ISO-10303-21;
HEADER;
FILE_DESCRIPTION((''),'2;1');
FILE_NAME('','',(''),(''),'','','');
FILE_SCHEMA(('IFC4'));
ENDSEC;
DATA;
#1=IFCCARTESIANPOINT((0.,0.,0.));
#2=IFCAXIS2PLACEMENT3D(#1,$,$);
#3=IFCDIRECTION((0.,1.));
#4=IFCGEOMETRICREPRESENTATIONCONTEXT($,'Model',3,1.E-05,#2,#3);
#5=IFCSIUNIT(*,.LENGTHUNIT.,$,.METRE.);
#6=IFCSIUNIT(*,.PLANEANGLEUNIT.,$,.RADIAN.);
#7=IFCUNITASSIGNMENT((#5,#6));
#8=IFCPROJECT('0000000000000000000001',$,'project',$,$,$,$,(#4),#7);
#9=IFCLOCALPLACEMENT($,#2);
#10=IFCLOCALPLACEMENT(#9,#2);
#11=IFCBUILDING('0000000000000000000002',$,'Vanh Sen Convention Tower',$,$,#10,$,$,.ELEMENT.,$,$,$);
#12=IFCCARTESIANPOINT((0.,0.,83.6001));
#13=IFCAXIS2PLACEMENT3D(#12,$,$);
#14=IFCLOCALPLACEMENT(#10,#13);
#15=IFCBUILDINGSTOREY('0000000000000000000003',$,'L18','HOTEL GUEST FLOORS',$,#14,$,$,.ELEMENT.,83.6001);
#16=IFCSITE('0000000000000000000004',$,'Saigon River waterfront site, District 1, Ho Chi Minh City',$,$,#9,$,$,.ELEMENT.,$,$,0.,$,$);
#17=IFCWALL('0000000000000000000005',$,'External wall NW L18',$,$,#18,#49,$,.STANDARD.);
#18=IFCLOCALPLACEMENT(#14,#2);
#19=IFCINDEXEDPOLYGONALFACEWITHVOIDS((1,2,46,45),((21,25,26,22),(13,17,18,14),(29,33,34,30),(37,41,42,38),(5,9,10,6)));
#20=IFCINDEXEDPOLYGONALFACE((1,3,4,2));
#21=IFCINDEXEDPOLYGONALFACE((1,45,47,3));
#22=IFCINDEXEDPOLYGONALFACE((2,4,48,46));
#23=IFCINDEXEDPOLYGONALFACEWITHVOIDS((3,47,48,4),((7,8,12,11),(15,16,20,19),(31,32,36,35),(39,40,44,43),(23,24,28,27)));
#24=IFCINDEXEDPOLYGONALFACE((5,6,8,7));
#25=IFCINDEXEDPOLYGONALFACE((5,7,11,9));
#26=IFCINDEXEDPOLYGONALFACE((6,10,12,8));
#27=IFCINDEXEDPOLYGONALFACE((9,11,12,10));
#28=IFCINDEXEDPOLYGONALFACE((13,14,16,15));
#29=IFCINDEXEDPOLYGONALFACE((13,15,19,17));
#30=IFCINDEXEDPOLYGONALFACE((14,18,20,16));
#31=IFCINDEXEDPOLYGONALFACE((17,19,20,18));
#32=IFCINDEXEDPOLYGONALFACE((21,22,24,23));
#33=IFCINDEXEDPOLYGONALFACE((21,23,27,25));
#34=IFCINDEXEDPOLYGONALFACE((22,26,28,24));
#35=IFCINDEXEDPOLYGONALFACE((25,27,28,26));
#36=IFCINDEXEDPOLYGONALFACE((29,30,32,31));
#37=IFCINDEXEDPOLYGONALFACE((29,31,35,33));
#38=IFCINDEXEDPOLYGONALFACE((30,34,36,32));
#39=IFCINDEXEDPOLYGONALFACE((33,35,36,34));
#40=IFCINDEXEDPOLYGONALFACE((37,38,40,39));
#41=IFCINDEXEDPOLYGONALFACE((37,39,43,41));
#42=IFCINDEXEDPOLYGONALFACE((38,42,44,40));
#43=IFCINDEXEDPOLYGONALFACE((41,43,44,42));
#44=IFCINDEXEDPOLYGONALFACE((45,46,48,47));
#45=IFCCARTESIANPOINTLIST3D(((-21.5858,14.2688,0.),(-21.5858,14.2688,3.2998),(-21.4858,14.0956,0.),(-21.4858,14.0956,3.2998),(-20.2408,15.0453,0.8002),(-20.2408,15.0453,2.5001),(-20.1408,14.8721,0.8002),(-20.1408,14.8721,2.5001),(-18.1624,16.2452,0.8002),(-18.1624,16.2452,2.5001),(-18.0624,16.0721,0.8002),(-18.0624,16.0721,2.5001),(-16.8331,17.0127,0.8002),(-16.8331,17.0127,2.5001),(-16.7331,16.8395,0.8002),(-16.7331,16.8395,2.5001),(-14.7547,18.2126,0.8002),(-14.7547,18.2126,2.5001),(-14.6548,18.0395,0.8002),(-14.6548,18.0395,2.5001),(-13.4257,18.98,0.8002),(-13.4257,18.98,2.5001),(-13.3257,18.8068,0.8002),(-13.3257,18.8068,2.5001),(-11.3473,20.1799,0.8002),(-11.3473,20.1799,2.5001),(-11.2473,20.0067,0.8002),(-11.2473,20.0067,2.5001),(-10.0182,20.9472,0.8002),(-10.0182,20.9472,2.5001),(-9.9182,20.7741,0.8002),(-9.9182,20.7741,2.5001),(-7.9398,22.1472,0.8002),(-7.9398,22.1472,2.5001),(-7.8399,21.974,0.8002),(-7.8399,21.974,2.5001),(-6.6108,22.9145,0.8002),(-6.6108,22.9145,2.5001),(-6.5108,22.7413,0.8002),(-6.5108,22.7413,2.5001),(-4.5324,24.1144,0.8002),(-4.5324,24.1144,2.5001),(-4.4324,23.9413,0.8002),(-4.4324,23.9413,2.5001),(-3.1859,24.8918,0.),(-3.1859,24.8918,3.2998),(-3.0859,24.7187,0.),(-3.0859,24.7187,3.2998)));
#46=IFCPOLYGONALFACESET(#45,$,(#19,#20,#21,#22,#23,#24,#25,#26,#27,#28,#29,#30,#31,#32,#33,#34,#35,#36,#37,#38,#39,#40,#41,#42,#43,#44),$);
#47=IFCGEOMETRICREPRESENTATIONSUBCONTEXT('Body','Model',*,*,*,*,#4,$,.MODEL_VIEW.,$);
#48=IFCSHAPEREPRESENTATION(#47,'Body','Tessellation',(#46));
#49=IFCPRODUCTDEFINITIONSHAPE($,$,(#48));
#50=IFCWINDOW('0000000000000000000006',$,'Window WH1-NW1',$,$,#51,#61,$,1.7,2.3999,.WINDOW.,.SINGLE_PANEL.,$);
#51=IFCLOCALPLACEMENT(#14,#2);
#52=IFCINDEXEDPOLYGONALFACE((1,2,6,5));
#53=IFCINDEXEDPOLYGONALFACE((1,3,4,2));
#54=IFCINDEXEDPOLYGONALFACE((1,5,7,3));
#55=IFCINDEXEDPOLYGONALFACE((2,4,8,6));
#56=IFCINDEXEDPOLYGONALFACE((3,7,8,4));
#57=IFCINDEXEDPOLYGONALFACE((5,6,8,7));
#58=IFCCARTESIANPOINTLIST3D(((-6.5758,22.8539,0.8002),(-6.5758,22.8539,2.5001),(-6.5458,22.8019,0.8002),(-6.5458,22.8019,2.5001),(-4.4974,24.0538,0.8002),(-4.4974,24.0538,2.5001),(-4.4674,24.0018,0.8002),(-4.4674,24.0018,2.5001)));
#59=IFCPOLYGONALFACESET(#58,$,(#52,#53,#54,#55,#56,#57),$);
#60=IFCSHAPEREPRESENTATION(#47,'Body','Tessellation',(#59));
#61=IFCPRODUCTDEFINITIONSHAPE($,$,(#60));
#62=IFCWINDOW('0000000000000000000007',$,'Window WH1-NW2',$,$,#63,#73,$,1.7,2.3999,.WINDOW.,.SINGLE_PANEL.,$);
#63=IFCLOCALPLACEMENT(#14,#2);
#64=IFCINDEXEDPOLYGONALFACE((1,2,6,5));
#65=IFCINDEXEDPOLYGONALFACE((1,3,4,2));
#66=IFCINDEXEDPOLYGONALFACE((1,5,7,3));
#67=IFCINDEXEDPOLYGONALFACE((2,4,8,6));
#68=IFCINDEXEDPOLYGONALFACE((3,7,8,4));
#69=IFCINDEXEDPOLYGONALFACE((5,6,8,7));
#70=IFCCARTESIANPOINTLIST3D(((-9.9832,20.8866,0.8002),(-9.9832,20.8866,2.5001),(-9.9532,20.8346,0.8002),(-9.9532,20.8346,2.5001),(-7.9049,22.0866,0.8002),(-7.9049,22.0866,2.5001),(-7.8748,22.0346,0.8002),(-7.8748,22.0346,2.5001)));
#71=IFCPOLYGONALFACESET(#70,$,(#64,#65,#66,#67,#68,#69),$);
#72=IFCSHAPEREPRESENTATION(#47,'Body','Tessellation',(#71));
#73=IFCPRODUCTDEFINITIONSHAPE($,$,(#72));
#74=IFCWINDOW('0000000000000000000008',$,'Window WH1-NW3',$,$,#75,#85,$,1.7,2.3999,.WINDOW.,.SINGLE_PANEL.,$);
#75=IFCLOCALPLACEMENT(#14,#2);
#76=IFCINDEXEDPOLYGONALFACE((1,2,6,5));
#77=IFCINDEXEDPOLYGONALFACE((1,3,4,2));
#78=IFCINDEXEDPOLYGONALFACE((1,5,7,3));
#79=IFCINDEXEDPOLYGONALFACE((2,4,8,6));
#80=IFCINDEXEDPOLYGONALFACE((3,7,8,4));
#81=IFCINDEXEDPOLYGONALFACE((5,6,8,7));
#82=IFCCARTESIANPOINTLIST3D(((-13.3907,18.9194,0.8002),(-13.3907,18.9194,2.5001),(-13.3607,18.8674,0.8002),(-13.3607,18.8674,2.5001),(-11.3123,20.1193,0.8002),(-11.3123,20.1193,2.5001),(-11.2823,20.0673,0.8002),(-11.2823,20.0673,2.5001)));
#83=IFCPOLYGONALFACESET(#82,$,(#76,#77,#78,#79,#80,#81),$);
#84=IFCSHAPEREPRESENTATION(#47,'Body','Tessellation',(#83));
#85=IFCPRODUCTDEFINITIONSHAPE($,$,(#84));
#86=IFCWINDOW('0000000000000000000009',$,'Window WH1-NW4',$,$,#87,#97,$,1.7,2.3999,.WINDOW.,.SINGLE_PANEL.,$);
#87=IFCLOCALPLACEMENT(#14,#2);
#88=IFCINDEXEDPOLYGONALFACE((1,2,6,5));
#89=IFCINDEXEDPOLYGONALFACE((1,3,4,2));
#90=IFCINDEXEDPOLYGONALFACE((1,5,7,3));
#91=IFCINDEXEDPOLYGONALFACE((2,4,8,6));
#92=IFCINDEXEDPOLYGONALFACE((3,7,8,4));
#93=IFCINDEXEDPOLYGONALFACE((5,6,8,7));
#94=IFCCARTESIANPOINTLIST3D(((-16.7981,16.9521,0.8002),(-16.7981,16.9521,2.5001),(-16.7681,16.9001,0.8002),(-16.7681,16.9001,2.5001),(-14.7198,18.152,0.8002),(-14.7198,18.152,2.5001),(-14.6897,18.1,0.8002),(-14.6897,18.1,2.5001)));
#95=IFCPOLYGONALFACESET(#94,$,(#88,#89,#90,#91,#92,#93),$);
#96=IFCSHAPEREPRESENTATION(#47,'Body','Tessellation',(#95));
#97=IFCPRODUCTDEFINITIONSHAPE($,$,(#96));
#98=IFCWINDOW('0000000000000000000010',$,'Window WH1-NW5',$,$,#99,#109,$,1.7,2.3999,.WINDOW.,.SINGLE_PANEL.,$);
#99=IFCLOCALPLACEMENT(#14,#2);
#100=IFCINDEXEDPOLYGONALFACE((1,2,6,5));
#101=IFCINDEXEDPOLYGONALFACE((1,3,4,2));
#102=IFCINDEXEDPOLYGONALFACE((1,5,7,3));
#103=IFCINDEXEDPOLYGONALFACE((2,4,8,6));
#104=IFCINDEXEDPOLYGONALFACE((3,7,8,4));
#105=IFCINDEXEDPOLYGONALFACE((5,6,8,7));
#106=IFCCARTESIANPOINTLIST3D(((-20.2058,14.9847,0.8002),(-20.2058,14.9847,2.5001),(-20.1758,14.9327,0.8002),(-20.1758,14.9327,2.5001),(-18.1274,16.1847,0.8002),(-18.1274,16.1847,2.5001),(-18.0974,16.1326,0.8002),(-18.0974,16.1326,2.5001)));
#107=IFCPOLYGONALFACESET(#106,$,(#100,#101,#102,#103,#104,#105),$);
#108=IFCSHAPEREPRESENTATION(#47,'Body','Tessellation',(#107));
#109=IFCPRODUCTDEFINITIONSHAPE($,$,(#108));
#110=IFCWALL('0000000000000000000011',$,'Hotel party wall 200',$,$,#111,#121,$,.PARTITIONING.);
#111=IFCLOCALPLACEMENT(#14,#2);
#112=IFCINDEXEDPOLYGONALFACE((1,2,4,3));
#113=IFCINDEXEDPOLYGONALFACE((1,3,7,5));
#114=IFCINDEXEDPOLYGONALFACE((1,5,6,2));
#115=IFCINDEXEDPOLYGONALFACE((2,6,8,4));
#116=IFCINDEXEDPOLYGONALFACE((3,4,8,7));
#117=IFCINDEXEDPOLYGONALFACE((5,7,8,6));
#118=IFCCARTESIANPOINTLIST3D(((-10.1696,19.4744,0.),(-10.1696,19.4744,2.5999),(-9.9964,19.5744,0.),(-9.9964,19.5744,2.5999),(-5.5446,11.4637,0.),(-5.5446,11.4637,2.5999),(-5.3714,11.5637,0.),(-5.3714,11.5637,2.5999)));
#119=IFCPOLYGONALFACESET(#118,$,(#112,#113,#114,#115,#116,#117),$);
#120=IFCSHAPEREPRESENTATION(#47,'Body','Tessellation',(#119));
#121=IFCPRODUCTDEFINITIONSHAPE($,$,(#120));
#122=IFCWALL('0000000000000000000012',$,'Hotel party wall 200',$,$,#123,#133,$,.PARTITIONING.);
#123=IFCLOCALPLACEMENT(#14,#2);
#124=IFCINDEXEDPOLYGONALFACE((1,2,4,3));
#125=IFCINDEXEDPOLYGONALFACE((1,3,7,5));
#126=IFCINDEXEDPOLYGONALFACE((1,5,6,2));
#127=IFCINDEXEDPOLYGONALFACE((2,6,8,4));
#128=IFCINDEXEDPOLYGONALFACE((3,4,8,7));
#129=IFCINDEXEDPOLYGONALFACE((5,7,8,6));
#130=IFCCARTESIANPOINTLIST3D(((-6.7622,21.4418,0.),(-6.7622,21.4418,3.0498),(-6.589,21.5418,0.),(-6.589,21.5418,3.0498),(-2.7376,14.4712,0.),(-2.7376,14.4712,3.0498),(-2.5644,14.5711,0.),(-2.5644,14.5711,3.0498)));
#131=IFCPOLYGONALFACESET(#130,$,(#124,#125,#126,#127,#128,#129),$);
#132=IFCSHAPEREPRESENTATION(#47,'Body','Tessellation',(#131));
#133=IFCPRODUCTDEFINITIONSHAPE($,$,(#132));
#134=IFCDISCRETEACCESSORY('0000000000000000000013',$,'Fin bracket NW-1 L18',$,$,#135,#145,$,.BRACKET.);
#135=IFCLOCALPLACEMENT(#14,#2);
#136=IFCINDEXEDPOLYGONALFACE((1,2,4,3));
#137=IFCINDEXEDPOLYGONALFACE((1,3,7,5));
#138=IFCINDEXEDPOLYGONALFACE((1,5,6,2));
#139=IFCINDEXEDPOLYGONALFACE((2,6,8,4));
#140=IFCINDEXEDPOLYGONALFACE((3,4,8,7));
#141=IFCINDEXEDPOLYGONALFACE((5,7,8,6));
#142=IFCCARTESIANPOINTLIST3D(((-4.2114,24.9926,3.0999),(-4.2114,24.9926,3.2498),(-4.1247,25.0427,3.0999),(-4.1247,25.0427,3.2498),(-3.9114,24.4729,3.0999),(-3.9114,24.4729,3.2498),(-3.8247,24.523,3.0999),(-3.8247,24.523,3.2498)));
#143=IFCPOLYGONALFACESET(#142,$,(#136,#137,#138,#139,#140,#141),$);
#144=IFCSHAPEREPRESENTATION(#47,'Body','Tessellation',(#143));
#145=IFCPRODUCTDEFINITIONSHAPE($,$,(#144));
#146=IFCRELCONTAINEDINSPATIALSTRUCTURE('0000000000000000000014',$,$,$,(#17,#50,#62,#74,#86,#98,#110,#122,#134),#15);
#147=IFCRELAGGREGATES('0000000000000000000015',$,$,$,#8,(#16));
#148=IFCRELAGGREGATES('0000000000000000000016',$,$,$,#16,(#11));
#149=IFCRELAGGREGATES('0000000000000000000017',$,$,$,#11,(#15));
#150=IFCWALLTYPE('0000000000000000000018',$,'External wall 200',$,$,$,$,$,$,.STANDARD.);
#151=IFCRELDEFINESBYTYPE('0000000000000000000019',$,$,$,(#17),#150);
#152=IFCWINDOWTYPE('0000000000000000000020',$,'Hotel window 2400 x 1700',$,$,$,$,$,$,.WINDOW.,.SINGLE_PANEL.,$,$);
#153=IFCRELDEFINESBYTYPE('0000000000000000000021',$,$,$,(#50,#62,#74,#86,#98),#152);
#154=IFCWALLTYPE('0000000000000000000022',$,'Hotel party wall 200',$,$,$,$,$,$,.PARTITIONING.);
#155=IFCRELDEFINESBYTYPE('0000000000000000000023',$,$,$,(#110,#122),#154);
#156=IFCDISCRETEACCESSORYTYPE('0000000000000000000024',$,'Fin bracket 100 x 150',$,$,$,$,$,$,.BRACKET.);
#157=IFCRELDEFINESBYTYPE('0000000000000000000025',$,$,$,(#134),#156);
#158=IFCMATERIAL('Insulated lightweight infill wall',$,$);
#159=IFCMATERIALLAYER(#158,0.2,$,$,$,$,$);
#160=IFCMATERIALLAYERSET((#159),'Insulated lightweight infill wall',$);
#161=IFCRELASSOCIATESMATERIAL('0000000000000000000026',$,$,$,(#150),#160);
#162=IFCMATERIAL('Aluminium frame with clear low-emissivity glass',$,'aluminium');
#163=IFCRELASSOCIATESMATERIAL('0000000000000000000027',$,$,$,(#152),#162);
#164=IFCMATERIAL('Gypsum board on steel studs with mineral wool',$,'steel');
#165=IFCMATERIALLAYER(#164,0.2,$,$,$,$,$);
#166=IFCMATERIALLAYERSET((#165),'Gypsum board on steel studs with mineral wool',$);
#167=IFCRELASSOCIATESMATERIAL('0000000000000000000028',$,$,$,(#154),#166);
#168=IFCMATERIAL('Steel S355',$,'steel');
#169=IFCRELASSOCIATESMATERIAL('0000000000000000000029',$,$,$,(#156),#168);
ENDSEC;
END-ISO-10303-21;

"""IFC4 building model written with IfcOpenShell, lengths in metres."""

from ifc_helpers import new_model, si_unit, direction, frame, frame_2d, origin, origin_2d, place, context, subcontext, project, spatial, rectangle, extrude, material, layer, layer_set, type_object, element, fill, save


model = new_model("IFC4")

# Units and contexts
model_context = context("Model", 3, precision=1e-05, world=origin(), true_north=direction((0.0, 1.0)))
body_context = subcontext(model_context, "Body", "Model", "MODEL_VIEW")
ifc_project = project(units=[si_unit("LENGTHUNIT", "METRE"), si_unit("PLANEANGLEUNIT", "RADIAN")], contexts=[model_context])

# Site, building, storey
site_placement = place(None, origin())
site = spatial("IfcSite", under=ifc_project, at=site_placement, Name="Saigon River waterfront site, District 1, Ho Chi Minh City", CompositionType="ELEMENT", RefElevation=0.0)
building_placement = place(site_placement, origin())
building = spatial("IfcBuilding", under=site, at=building_placement, Name="Vanh Sen Convention Tower", CompositionType="ELEMENT")
storey_placement = place(building_placement, frame((0.0, 0.0, 83.6001)))
storey = spatial("IfcBuildingStorey", under=building, at=storey_placement, Name="L18", Description="HOTEL GUEST FLOORS", CompositionType="ELEMENT", Elevation=83.6001)

# Shared definitions
ifc_material_1 = material(Name="Gypsum board on steel studs with mineral wool", Category="steel")

# Wall, openings, windows
ifc_material_2 = material(Name="Insulated lightweight infill wall")
ifc_layer_1 = layer(ifc_material_2, 0.2)
ifc_layer_set_1 = layer_set([ifc_layer_1], Name="Insulated lightweight infill wall")
wall_type_1 = type_object("IfcWallType", Name="External wall 200", PredefinedType="STANDARD", material=ifc_layer_set_1)
wall_1_placement = place(storey_placement, frame((-3.136, 24.8052, 0.0), z_axis=(0.0, 0.0, 1.0), x_axis=(-0.866028, -0.499995, 0.0)))
wall_1 = element("IfcWall", 1, at=wall_1_placement, inside=storey, type_object=wall_type_1, Name="External wall NW L18", PredefinedType="STANDARD", context=body_context, shape_type="SweptSolid", body=[
    extrude(rectangle(XDim=21.2463, YDim=0.2, at=frame_2d((10.623, 0.0))), origin(), (0.0, 0.0, 1.0), 3.2998),
])
opening_1_placement = place(wall_1_placement, frame((1.5547, 0.0, 0.8)))
opening_1 = element("IfcOpeningElement", 2, at=opening_1_placement, cuts=wall_1, PredefinedType="OPENING", context=body_context, shape_type="SweptSolid", body=[
    extrude(rectangle(XDim=2.3999, YDim=1.7, at=frame_2d((1.2, 0.8501))), frame((0.0, 0.1099, 0.0), z_axis=(0.0, -1.0, 0.0), x_axis=(1.0, 0.0, 0.0)), (0.0, 0.0, 1.0), 0.22),
])
opening_2_placement = place(wall_1_placement, frame((5.4893, 0.0, 0.8)))
opening_2 = element("IfcOpeningElement", 3, at=opening_2_placement, cuts=wall_1, PredefinedType="OPENING", context=body_context, shape_type="SweptSolid", body=[
    extrude(rectangle(XDim=2.3999, YDim=1.7, at=frame_2d((1.2, 0.8501))), frame((0.0, 0.1099, 0.0), z_axis=(0.0, -1.0, 0.0), x_axis=(1.0, 0.0, 0.0)), (0.0, 0.0, 1.0), 0.22),
])
opening_3_placement = place(wall_1_placement, frame((9.4238, 0.0, 0.8)))
opening_3 = element("IfcOpeningElement", 4, at=opening_3_placement, cuts=wall_1, PredefinedType="OPENING", context=body_context, shape_type="SweptSolid", body=[
    extrude(rectangle(XDim=2.3999, YDim=1.7, at=frame_2d((1.2, 0.8501))), frame((0.0, 0.1099, 0.0), z_axis=(0.0, -1.0, 0.0), x_axis=(1.0, 0.0, 0.0)), (0.0, 0.0, 1.0), 0.22),
])
opening_4_placement = place(wall_1_placement, frame((13.3584, 0.0, 0.8)))
opening_4 = element("IfcOpeningElement", 5, at=opening_4_placement, cuts=wall_1, PredefinedType="OPENING", context=body_context, shape_type="SweptSolid", body=[
    extrude(rectangle(XDim=2.3999, YDim=1.7, at=frame_2d((1.2, 0.8501))), frame((0.0, 0.1099, 0.0), z_axis=(0.0, -1.0, 0.0), x_axis=(1.0, 0.0, 0.0)), (0.0, 0.0, 1.0), 0.22),
])
opening_5_placement = place(wall_1_placement, frame((17.2932, 0.0, 0.8)))
opening_5 = element("IfcOpeningElement", 6, at=opening_5_placement, cuts=wall_1, PredefinedType="OPENING", context=body_context, shape_type="SweptSolid", body=[
    extrude(rectangle(XDim=2.3999, YDim=1.7, at=frame_2d((1.2, 0.8501))), frame((0.0, 0.1099, 0.0), z_axis=(0.0, -1.0, 0.0), x_axis=(1.0, 0.0, 0.0)), (0.0, 0.0, 1.0), 0.22),
])
ifc_material_3 = material(Name="Aluminium frame with clear low-emissivity glass", Category="aluminium")
window_type = type_object("IfcWindowType", Name="Hotel window 2400 x 1700", PartitioningType="SINGLE_PANEL", PredefinedType="WINDOW", material=ifc_material_3)
window_1_placement = place(opening_1_placement, origin())
window_1 = element("IfcWindow", 7, at=window_1_placement, inside=storey, type_object=window_type, Name="Window WH1-NW1", OverallHeight=1.7, OverallWidth=2.3999, PartitioningType="SINGLE_PANEL", PredefinedType="WINDOW", context=body_context, shape_type="SweptSolid", body=[
    extrude(rectangle(XDim=2.3999, YDim=1.7, at=frame_2d((1.2, 0.8501))), frame((0.0, 0.03, 0.0), z_axis=(0.0, -1.0, 0.0), x_axis=(1.0, 0.0, 0.0)), (0.0, 0.0, 1.0), 0.0601),
])
fill(opening_1, window_1)
window_2_placement = place(opening_2_placement, origin())
window_2 = element("IfcWindow", 8, at=window_2_placement, inside=storey, type_object=window_type, Name="Window WH1-NW2", OverallHeight=1.7, OverallWidth=2.3999, PartitioningType="SINGLE_PANEL", PredefinedType="WINDOW", context=body_context, shape_type="SweptSolid", body=[
    extrude(rectangle(XDim=2.3999, YDim=1.7, at=frame_2d((1.2, 0.8501))), frame((0.0, 0.03, 0.0), z_axis=(0.0, -1.0, 0.0), x_axis=(1.0, 0.0, 0.0)), (0.0, 0.0, 1.0), 0.0601),
])
fill(opening_2, window_2)
window_3_placement = place(opening_3_placement, origin())
window_3 = element("IfcWindow", 9, at=window_3_placement, inside=storey, type_object=window_type, Name="Window WH1-NW3", OverallHeight=1.7, OverallWidth=2.3999, PartitioningType="SINGLE_PANEL", PredefinedType="WINDOW", context=body_context, shape_type="SweptSolid", body=[
    extrude(rectangle(XDim=2.3999, YDim=1.7, at=frame_2d((1.2, 0.8501))), frame((0.0, 0.03, 0.0), z_axis=(0.0, -1.0, 0.0), x_axis=(1.0, 0.0, 0.0)), (0.0, 0.0, 1.0), 0.0601),
])
fill(opening_3, window_3)
window_4_placement = place(opening_4_placement, origin())
window_4 = element("IfcWindow", 10, at=window_4_placement, inside=storey, type_object=window_type, Name="Window WH1-NW4", OverallHeight=1.7, OverallWidth=2.3999, PartitioningType="SINGLE_PANEL", PredefinedType="WINDOW", context=body_context, shape_type="SweptSolid", body=[
    extrude(rectangle(XDim=2.3999, YDim=1.7, at=frame_2d((1.2, 0.8501))), frame((0.0, 0.03, 0.0), z_axis=(0.0, -1.0, 0.0), x_axis=(1.0, 0.0, 0.0)), (0.0, 0.0, 1.0), 0.0601),
])
fill(opening_4, window_4)
window_5_placement = place(opening_5_placement, origin())
window_5 = element("IfcWindow", 11, at=window_5_placement, inside=storey, type_object=window_type, Name="Window WH1-NW5", OverallHeight=1.7, OverallWidth=2.3999, PartitioningType="SINGLE_PANEL", PredefinedType="WINDOW", context=body_context, shape_type="SweptSolid", body=[
    extrude(rectangle(XDim=2.3999, YDim=1.7, at=frame_2d((1.2, 0.8501))), frame((0.0, 0.03, 0.0), z_axis=(0.0, -1.0, 0.0), x_axis=(1.0, 0.0, 0.0)), (0.0, 0.0, 1.0), 0.0601),
])
fill(opening_5, window_5)

# Walls
ifc_layer_2 = layer(ifc_material_1, 0.2)
ifc_layer_set_2 = layer_set([ifc_layer_2], Name="Gypsum board on steel studs with mineral wool")
wall_type_2 = type_object("IfcWallType", Name="Hotel party wall 200", PredefinedType="PARTITIONING", material=ifc_layer_set_2)
wall_2_placement = place(storey_placement, frame((-10.083, 19.5244, 0.0), z_axis=(0.0, 0.0, 1.0), x_axis=(0.5, -0.866026, 0.0)))
element("IfcWall", 12, at=wall_2_placement, inside=storey, type_object=wall_type_2, Name="Hotel party wall 200", PredefinedType="PARTITIONING", context=body_context, shape_type="SweptSolid", body=[
    extrude(rectangle(XDim=9.25, YDim=0.2, at=frame_2d((4.625, 0.0))), origin(), (0.0, 0.0, 1.0), 2.5999),
])
wall_3_placement = place(storey_placement, frame((-6.6755, 21.4917, 0.0), z_axis=(0.0, 0.0, 1.0), x_axis=(0.500011, -0.866019, 0.0)))
element("IfcWall", 13, at=wall_3_placement, inside=storey, type_object=wall_type_2, Name="Hotel party wall 200", PredefinedType="PARTITIONING", context=body_context, shape_type="SweptSolid", body=[
    extrude(rectangle(XDim=8.0491, YDim=0.2, at=frame_2d((4.0244, 0.0))), origin(), (0.0, 0.0, 1.0), 3.0498),
])

# Discrete accessory
ifc_material_4 = material(Name="Steel S355", Category="steel")
discrete_accessory_type = type_object("IfcDiscreteAccessoryType", Name="Fin bracket 100 x 150", PredefinedType="BRACKET", material=ifc_material_4)
discrete_accessory_placement = place(storey_placement, frame((-4.0181, 24.7578, 3.0999), z_axis=(0.0, 0.0, 1.0), x_axis=(-0.5, 0.866025, 0.0)))
element("IfcDiscreteAccessory", 14, at=discrete_accessory_placement, inside=storey, type_object=discrete_accessory_type, Name="Fin bracket NW-1 L18", PredefinedType="BRACKET", context=body_context, shape_type="SweptSolid", body=[
    extrude(rectangle(XDim=0.6001, YDim=0.1001, at=origin_2d()), origin(), (0.0, 0.0, 1.0), 0.1499),
])

save(model, "model.ifc")
